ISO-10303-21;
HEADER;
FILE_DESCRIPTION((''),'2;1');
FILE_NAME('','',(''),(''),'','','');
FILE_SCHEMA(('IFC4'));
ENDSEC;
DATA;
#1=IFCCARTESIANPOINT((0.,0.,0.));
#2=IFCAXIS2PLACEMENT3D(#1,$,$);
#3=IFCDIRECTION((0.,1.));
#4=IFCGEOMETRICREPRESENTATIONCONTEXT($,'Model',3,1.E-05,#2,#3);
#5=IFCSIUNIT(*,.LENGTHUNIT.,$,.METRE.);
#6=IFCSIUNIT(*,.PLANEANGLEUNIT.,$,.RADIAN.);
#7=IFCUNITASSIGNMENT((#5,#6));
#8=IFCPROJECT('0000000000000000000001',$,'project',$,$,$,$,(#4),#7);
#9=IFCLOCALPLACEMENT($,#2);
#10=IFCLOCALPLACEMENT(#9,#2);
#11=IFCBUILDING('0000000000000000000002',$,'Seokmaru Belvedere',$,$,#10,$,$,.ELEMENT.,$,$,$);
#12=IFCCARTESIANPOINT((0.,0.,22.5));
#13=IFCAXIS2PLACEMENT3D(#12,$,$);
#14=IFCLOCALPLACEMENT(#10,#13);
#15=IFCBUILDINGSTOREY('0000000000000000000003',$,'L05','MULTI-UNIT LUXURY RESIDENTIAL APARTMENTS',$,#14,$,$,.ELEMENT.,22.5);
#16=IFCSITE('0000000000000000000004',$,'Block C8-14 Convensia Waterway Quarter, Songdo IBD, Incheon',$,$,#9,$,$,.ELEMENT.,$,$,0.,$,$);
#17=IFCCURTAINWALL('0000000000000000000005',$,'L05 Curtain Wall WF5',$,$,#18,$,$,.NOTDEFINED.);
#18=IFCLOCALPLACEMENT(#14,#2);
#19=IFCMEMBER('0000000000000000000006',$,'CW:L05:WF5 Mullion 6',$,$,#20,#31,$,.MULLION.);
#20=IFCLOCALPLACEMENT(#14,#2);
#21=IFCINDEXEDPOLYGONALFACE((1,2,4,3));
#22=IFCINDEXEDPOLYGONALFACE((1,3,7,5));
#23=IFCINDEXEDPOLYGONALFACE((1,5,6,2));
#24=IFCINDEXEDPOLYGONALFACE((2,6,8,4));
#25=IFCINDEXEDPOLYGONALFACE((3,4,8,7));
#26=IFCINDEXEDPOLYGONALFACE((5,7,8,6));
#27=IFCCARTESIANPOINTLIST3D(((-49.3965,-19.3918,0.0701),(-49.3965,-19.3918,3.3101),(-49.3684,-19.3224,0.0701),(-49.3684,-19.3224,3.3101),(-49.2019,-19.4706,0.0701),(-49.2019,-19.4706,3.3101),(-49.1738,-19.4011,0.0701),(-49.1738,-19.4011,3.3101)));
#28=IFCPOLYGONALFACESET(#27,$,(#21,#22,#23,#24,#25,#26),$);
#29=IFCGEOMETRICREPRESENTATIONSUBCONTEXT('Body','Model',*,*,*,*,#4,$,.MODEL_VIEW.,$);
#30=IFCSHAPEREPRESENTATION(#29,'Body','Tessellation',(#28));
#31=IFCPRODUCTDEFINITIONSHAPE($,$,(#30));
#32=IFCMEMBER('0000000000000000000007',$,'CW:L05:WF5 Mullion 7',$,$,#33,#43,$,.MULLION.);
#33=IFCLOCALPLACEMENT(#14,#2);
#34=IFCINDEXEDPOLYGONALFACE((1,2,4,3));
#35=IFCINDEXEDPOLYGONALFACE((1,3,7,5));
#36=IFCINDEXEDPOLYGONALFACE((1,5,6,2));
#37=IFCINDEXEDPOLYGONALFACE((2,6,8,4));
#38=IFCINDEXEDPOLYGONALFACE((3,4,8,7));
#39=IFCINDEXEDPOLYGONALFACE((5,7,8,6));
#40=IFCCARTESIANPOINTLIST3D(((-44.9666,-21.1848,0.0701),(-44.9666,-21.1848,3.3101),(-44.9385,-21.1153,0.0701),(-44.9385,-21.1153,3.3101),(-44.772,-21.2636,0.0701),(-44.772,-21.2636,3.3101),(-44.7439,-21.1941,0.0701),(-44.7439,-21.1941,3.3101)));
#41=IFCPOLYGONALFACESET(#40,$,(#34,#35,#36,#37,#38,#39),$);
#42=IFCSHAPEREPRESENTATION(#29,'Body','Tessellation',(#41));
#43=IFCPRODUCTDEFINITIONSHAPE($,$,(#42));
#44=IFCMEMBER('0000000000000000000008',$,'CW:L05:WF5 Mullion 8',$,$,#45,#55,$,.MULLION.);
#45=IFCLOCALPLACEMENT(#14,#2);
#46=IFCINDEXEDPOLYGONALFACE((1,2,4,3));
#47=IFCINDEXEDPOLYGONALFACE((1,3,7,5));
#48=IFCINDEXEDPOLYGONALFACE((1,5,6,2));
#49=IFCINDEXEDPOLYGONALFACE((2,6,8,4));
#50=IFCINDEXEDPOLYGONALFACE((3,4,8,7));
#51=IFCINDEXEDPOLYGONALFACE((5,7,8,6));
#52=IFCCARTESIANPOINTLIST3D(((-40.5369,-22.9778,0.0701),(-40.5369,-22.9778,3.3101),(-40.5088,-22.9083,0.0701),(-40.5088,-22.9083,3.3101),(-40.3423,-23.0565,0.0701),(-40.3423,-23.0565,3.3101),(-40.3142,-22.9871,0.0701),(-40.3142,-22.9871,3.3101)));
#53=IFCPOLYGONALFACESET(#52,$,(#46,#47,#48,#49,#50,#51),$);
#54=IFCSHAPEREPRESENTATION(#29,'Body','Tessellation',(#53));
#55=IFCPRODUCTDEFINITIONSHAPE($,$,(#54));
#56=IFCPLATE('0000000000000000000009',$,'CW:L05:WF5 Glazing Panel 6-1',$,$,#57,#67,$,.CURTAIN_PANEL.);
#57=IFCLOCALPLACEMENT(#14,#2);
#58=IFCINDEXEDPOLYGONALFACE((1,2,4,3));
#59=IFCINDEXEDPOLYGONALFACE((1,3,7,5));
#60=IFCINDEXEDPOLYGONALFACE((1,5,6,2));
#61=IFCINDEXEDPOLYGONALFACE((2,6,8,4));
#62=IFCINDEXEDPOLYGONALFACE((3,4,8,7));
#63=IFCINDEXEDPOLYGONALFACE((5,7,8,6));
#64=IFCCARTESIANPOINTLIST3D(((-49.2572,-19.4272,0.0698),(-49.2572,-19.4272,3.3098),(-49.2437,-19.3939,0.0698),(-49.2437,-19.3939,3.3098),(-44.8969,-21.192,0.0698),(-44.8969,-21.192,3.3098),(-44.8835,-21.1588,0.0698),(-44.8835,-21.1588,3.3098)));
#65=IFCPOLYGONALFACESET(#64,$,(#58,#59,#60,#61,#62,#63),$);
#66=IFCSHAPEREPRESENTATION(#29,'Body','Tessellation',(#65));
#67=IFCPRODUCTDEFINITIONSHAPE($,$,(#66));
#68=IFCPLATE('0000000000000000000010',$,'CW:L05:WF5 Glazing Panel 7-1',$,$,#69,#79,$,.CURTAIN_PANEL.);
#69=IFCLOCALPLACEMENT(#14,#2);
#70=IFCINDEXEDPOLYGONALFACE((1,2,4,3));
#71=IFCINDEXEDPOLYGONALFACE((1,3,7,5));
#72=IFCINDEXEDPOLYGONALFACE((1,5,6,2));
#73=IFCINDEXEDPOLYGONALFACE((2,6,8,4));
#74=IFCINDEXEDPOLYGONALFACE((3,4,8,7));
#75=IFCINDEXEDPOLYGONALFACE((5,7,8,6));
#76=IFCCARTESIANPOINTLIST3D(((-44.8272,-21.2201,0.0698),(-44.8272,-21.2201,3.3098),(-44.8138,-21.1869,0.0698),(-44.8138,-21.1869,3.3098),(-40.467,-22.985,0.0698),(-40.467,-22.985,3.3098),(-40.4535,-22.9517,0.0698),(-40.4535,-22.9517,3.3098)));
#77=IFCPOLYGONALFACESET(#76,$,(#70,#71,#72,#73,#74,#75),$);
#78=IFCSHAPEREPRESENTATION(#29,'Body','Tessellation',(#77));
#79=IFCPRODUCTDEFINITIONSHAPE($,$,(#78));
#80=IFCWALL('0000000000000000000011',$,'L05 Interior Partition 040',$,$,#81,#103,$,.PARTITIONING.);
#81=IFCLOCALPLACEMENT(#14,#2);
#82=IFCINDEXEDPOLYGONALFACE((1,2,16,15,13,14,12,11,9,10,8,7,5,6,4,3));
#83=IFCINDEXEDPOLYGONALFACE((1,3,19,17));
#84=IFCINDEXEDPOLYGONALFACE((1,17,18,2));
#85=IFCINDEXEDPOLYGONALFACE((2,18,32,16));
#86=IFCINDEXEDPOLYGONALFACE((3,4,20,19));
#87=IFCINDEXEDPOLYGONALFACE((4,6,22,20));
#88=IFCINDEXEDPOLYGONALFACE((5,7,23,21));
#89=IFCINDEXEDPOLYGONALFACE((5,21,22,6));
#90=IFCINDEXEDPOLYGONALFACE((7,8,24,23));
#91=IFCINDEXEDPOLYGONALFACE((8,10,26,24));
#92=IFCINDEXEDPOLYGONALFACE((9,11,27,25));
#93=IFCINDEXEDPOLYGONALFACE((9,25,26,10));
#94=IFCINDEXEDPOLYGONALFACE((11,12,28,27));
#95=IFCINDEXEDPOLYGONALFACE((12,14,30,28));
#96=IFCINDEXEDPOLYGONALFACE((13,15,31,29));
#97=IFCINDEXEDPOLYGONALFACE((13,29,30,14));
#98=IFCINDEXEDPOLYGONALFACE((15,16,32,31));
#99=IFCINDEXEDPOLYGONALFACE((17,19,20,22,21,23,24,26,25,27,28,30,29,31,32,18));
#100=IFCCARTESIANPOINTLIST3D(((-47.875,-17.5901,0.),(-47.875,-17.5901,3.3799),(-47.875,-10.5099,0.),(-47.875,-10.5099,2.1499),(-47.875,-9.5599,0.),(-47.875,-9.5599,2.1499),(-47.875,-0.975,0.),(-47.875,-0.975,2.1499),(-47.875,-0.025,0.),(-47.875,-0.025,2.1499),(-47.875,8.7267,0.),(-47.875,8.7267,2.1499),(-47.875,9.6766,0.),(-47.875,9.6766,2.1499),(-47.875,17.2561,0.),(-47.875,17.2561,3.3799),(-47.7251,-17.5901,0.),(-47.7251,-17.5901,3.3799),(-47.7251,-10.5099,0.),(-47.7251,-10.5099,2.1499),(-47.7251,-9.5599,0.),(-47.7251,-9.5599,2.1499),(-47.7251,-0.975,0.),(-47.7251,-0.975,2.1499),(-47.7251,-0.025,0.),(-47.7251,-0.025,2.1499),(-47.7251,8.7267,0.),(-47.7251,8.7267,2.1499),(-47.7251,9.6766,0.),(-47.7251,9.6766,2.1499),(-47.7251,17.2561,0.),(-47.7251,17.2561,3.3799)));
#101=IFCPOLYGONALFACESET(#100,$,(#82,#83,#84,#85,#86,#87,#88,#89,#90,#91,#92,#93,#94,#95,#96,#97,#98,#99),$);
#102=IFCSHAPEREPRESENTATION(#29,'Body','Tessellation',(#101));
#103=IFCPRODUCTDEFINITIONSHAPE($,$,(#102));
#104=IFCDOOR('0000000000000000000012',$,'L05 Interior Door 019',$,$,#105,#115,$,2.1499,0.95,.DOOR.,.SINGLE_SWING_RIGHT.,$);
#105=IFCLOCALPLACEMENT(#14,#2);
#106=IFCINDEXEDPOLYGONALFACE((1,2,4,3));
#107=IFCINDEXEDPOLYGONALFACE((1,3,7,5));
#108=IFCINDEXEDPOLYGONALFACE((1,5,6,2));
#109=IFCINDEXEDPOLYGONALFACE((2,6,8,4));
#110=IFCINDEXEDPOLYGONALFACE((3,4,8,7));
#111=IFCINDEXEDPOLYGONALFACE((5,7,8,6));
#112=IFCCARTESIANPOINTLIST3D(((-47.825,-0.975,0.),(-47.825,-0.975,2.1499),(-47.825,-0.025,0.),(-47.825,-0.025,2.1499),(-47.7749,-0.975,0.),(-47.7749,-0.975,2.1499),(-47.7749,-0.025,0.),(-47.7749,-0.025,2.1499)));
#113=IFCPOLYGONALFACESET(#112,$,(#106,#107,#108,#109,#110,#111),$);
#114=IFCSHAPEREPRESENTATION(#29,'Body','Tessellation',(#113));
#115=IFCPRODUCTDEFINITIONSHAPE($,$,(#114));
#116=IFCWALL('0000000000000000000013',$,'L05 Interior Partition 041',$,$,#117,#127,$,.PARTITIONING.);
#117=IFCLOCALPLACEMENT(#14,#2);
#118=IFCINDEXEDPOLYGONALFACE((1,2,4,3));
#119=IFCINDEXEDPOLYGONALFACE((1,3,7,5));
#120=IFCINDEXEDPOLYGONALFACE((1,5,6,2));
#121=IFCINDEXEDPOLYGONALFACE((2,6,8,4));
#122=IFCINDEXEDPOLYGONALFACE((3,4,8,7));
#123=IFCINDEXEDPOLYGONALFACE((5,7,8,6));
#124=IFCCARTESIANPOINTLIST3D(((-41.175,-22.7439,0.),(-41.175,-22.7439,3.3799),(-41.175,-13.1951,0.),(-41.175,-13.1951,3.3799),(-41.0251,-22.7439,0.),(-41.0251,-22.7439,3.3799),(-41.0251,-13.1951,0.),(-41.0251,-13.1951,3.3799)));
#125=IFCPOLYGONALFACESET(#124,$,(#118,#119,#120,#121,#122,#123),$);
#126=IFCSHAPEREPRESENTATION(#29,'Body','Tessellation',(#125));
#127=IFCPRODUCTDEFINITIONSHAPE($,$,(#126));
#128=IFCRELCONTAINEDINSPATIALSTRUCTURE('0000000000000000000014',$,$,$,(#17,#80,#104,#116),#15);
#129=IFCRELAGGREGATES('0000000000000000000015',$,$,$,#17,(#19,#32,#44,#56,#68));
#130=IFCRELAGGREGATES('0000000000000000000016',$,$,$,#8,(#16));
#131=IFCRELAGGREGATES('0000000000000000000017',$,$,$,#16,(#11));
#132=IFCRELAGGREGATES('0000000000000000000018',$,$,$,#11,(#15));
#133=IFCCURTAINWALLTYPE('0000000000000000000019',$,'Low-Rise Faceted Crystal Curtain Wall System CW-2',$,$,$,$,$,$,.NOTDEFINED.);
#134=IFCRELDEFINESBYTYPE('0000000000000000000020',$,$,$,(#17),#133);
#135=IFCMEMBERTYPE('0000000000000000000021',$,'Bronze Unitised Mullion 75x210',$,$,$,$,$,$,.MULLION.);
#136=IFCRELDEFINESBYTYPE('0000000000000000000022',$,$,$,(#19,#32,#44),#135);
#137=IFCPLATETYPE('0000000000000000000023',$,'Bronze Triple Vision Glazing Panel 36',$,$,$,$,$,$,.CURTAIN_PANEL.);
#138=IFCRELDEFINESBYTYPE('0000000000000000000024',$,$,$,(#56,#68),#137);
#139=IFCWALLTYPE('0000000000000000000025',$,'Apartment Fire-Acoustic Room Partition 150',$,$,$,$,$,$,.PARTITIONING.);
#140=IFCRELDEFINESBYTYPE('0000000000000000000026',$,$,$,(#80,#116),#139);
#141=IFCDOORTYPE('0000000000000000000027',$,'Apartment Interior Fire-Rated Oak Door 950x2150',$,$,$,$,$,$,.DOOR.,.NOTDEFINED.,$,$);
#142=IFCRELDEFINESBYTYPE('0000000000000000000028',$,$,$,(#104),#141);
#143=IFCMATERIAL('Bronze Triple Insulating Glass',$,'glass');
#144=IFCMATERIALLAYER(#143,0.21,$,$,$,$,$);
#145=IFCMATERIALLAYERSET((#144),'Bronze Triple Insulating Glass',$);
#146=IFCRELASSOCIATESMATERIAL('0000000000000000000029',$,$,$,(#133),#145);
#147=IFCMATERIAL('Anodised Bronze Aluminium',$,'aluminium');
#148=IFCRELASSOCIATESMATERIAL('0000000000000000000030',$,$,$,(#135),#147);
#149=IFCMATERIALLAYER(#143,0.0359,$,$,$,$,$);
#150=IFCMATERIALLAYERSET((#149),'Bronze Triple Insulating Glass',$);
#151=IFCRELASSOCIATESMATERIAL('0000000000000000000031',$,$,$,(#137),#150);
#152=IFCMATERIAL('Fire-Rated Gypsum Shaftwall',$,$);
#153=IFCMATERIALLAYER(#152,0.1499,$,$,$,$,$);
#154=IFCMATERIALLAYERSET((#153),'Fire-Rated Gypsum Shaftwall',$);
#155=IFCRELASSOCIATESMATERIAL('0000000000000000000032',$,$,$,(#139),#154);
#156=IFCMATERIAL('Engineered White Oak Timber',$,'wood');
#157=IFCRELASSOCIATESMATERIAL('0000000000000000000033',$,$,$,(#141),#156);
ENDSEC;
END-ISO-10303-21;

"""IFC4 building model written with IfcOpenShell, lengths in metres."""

from ifc_helpers import new_model, si_unit, direction, frame, frame_2d, origin, origin_2d, place, context, subcontext, project, spatial, rectangle, extrude, source, transform, mapped, material, layer, layer_set, material_profile, profile_set, type_object, type_shapes, element, fill, aggregate, save


model = new_model("IFC4")

# Units and contexts
model_context = context("Model", 3, precision=1e-05, world=origin(), true_north=direction((0.0, 1.0)))
body_context = subcontext(model_context, "Body", "Model", "MODEL_VIEW")
ifc_project = project(units=[si_unit("LENGTHUNIT", "METRE"), si_unit("PLANEANGLEUNIT", "RADIAN")], contexts=[model_context])

# Site, building, storey
site_placement = place(None, origin())
site = spatial("IfcSite", under=ifc_project, at=site_placement, Name="Block C8-14 Convensia Waterway Quarter, Songdo IBD, Incheon", CompositionType="ELEMENT", RefElevation=0.0)
building_placement = place(site_placement, origin())
building = spatial("IfcBuilding", under=site, at=building_placement, Name="Seokmaru Belvedere", CompositionType="ELEMENT")
storey_placement = place(building_placement, frame((0.0, 0.0, 22.5)))
storey = spatial("IfcBuildingStorey", under=building, at=storey_placement, Name="L05", Description="MULTI-UNIT LUXURY RESIDENTIAL APARTMENTS", CompositionType="ELEMENT", Elevation=22.5)

# Curtain wall, members, plates
ifc_material_1 = material(Name="Bronze Triple Insulating Glass", Category="glass")
ifc_layer_1 = layer(ifc_material_1, 0.21)
ifc_layer_set_1 = layer_set([ifc_layer_1], Name="Bronze Triple Insulating Glass")
curtain_wall_type = type_object("IfcCurtainWallType", Name="Low-Rise Faceted Crystal Curtain Wall System CW-2", PredefinedType="NOTDEFINED", material=ifc_layer_set_1)
curtain_wall_placement = place(storey_placement, origin())
curtain_wall = element("IfcCurtainWall", 1, at=curtain_wall_placement, inside=storey, type_object=curtain_wall_type, Name="L05 Curtain Wall WF5", PredefinedType="NOTDEFINED")
ifc_material_2 = material(Name="Anodised Bronze Aluminium", Category="aluminium")
ifc_material_profile_1 = material_profile(ifc_material_2, rectangle(XDim=0.075, YDim=0.21, at=origin_2d()), Name="CW-M-75x210")
ifc_profile_set_1 = profile_set([ifc_material_profile_1], Name="Anodised Bronze Aluminium")
member_type = type_object("IfcMemberType", Name="Bronze Unitised Mullion 75x210", PredefinedType="MULLION", material=ifc_profile_set_1)
shared_shape_1 = source(origin(), body_context, "Body", "SweptSolid", [
    extrude(rectangle(XDim=0.075, YDim=0.21, at=origin_2d()), origin(), (0.0, 0.0, 1.0), 3.24),
])
type_shapes(member_type, [shared_shape_1])
member_1_placement = place(storey_placement, frame((-49.2852, -19.3965, 0.0701), z_axis=(0.0, 0.0, 1.0), x_axis=(0.375192, 0.926947, 0.0)))
member_1 = element("IfcMember", 2, at=member_1_placement, type_object=member_type, Name="CW:L05:WF5 Mullion 6", PredefinedType="MULLION", context=body_context, shape_type="MappedRepresentation", body=[
    mapped(shared_shape_1, transform((0.0, 0.0, 0.0), scale=1.0)),
])
member_2_placement = place(storey_placement, frame((-44.8552, -21.1895, 0.0701), z_axis=(0.0, 0.0, 1.0), x_axis=(0.375192, 0.926947, 0.0)))
member_2 = element("IfcMember", 3, at=member_2_placement, type_object=member_type, Name="CW:L05:WF5 Mullion 7", PredefinedType="MULLION", context=body_context, shape_type="MappedRepresentation", body=[
    mapped(shared_shape_1, transform((0.0, 0.0, 0.0), scale=1.0)),
])
member_3_placement = place(storey_placement, frame((-40.4255, -22.9824, 0.0701), z_axis=(0.0, 0.0, 1.0), x_axis=(0.375192, 0.926947, 0.0)))
member_3 = element("IfcMember", 4, at=member_3_placement, type_object=member_type, Name="CW:L05:WF5 Mullion 8", PredefinedType="MULLION", context=body_context, shape_type="MappedRepresentation", body=[
    mapped(shared_shape_1, transform((0.0, 0.0, 0.0), scale=1.0)),
])
ifc_layer_2 = layer(ifc_material_1, 0.0359)
ifc_layer_set_2 = layer_set([ifc_layer_2], Name="Bronze Triple Insulating Glass")
plate_type = type_object("IfcPlateType", Name="Bronze Triple Vision Glazing Panel 36", PredefinedType="CURTAIN_PANEL", material=ifc_layer_set_2)
shared_shape_2 = source(origin(), body_context, "Body", "SweptSolid", [
    extrude(rectangle(XDim=4.7039, YDim=0.0359, at=origin_2d()), origin(), (0.0, 0.0, 1.0), 3.24),
])
type_shapes(plate_type, [shared_shape_2])
plate_1_placement = place(storey_placement, frame((-47.0703, -20.293, 0.0698), z_axis=(0.0, 0.0, 1.0), x_axis=(0.926947, -0.375192, 0.0)))
plate_1 = element("IfcPlate", 5, at=plate_1_placement, type_object=plate_type, Name="CW:L05:WF5 Glazing Panel 6-1", PredefinedType="CURTAIN_PANEL", context=body_context, shape_type="MappedRepresentation", body=[
    mapped(shared_shape_2, transform((0.0, 0.0, 0.0), scale=1.0)),
])
plate_2_placement = place(storey_placement, frame((-42.6404, -22.0859, 0.0698), z_axis=(0.0, 0.0, 1.0), x_axis=(0.926947, -0.375192, 0.0)))
plate_2 = element("IfcPlate", 6, at=plate_2_placement, type_object=plate_type, Name="CW:L05:WF5 Glazing Panel 7-1", PredefinedType="CURTAIN_PANEL", context=body_context, shape_type="MappedRepresentation", body=[
    mapped(shared_shape_2, transform((0.0, 0.0, 0.0), scale=1.0)),
])
aggregate(curtain_wall, [member_1, member_2, member_3, plate_1, plate_2])

# Wall, openings, door
ifc_material_3 = material(Name="Fire-Rated Gypsum Shaftwall")
ifc_layer_3 = layer(ifc_material_3, 0.1499)
ifc_layer_set_3 = layer_set([ifc_layer_3], Name="Fire-Rated Gypsum Shaftwall")
wall_type = type_object("IfcWallType", Name="Apartment Fire-Acoustic Room Partition 150", PredefinedType="PARTITIONING", material=ifc_layer_set_3)
wall_1_placement = place(storey_placement, frame((-47.8, -17.5901, 0.0), z_axis=(0.0, 0.0, 1.0), x_axis=(0.0, 1.0, 0.0)))
wall_1 = element("IfcWall", 7, at=wall_1_placement, inside=storey, type_object=wall_type, Name="L05 Interior Partition 040", PredefinedType="PARTITIONING", context=body_context, shape_type="SweptSolid", body=[
    extrude(rectangle(XDim=34.8462, YDim=0.1499, at=frame_2d((17.4231, 0.0))), origin(), (0.0, 0.0, 1.0), 3.3799),
])
opening_1_placement = place(wall_1_placement, frame((7.0801, 0.0, 0.0)))
element("IfcOpeningElement", 8, at=opening_1_placement, cuts=wall_1, PredefinedType="OPENING", context=body_context, shape_type="SweptSolid", body=[
    extrude(rectangle(XDim=0.95, YDim=2.1499, at=frame_2d((0.4751, 1.075))), frame((0.0, 0.085, 0.0), z_axis=(0.0, -1.0, 0.0), x_axis=(1.0, 0.0, 0.0)), (0.0, 0.0, 1.0), 0.1699),
])
opening_2_placement = place(wall_1_placement, frame((16.615, 0.0, 0.0)))
opening_2 = element("IfcOpeningElement", 9, at=opening_2_placement, cuts=wall_1, PredefinedType="OPENING", context=body_context, shape_type="SweptSolid", body=[
    extrude(rectangle(XDim=0.95, YDim=2.1499, at=frame_2d((0.4751, 1.075))), frame((0.0, 0.085, 0.0), z_axis=(0.0, -1.0, 0.0), x_axis=(1.0, 0.0, 0.0)), (0.0, 0.0, 1.0), 0.1699),
])
opening_3_placement = place(wall_1_placement, frame((26.3167, 0.0, 0.0)))
element("IfcOpeningElement", 10, at=opening_3_placement, cuts=wall_1, PredefinedType="OPENING", context=body_context, shape_type="SweptSolid", body=[
    extrude(rectangle(XDim=0.95, YDim=2.1499, at=frame_2d((0.4751, 1.075))), frame((0.0, 0.085, 0.0), z_axis=(0.0, -1.0, 0.0), x_axis=(1.0, 0.0, 0.0)), (0.0, 0.0, 1.0), 0.1699),
])
ifc_material_4 = material(Name="Engineered White Oak Timber", Category="wood")
door_type = type_object("IfcDoorType", Name="Apartment Interior Fire-Rated Oak Door 950x2150", OperationType="NOTDEFINED", PredefinedType="DOOR", material=ifc_material_4)
shared_shape_3 = source(origin(), body_context, "Body", "SweptSolid", [
    extrude(rectangle(XDim=0.95, YDim=2.1499, at=frame_2d((0.4751, 1.075))), frame((0.0, 0.0249, 0.0), z_axis=(0.0, -1.0, 0.0), x_axis=(1.0, 0.0, 0.0)), (0.0, 0.0, 1.0), 0.05),
])
type_shapes(door_type, [shared_shape_3])
door_placement = place(opening_2_placement, origin())
door = element("IfcDoor", 11, at=door_placement, inside=storey, type_object=door_type, Name="L05 Interior Door 019", OperationType="SINGLE_SWING_RIGHT", OverallHeight=2.1499, OverallWidth=0.95, PredefinedType="DOOR", context=body_context, shape_type="MappedRepresentation", body=[
    mapped(shared_shape_3, transform((0.0, 0.0, 0.0), scale=1.0)),
])
fill(opening_2, door)

# Wall
wall_2_placement = place(storey_placement, frame((-41.1001, -22.7439, 0.0), z_axis=(0.0, 0.0, 1.0), x_axis=(0.0, 1.0, 0.0)))
element("IfcWall", 12, at=wall_2_placement, inside=storey, type_object=wall_type, Name="L05 Interior Partition 041", PredefinedType="PARTITIONING", context=body_context, shape_type="SweptSolid", body=[
    extrude(rectangle(XDim=9.5488, YDim=0.1499, at=frame_2d((4.7744, 0.0))), origin(), (0.0, 0.0, 1.0), 3.3799),
])

save(model, "model.ifc")
